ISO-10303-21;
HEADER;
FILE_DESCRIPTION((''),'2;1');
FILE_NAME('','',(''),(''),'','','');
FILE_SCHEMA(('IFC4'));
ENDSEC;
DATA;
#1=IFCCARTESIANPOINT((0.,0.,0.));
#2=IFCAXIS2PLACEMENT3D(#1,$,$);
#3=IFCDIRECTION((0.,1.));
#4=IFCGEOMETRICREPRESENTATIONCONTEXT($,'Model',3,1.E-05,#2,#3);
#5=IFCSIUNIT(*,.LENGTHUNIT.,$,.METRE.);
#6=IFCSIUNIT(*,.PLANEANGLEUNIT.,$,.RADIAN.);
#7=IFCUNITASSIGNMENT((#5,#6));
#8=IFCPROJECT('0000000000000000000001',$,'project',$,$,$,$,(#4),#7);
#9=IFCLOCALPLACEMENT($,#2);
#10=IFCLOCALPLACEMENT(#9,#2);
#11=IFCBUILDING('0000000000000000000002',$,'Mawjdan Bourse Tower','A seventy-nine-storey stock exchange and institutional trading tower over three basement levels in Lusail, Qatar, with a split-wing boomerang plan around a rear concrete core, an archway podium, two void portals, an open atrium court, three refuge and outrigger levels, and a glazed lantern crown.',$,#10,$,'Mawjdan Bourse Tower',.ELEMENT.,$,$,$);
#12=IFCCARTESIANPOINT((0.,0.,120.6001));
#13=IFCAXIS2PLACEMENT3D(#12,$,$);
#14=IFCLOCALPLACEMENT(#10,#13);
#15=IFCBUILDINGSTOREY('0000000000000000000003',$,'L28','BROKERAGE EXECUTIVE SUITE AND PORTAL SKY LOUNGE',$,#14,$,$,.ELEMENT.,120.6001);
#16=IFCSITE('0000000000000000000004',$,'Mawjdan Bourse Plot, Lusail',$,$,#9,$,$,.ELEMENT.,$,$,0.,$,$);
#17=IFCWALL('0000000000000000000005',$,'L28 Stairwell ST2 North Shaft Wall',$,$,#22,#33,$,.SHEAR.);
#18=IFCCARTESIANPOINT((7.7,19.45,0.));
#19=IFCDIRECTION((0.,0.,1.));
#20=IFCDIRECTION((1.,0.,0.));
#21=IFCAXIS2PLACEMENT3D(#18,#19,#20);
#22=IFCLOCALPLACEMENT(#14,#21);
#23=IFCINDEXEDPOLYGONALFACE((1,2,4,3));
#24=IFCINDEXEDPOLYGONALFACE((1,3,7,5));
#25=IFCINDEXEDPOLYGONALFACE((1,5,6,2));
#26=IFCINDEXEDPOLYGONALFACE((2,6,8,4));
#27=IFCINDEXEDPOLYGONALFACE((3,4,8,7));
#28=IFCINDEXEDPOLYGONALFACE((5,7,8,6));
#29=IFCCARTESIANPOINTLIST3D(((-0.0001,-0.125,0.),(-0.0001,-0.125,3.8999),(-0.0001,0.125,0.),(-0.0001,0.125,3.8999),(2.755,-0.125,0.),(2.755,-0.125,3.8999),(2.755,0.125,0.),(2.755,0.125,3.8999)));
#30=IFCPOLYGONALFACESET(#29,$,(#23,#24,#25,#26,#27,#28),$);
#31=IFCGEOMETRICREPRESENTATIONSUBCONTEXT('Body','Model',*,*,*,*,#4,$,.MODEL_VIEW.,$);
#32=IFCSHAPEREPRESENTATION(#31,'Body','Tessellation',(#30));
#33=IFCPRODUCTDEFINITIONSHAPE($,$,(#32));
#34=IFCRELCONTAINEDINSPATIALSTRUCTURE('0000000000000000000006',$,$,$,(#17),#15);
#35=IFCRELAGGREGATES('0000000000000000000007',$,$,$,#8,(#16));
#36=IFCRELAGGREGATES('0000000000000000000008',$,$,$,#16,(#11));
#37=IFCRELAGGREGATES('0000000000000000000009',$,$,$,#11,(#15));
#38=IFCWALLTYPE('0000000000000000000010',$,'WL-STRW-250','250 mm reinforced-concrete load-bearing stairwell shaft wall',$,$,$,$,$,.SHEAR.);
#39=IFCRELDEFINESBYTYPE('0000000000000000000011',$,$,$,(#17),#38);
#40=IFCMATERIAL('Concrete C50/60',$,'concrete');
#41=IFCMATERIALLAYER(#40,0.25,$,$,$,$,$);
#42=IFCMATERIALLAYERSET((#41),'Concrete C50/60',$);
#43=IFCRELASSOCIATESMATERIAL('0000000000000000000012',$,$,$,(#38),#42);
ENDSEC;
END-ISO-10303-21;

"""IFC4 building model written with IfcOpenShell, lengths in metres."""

from ifc_helpers import new_model, si_unit, direction, frame, frame_2d, origin, place, context, subcontext, project, spatial, rectangle, extrude, material, layer, layer_set, type_object, element, save


model = new_model("IFC4")

# Units and contexts
model_context = context("Model", 3, precision=1e-05, world=origin(), true_north=direction((0.0, 1.0)))
body_context = subcontext(model_context, "Body", "Model", "MODEL_VIEW")
ifc_project = project(units=[si_unit("LENGTHUNIT", "METRE"), si_unit("PLANEANGLEUNIT", "RADIAN")], contexts=[model_context])

# Site, building, storey
site_placement = place(None, origin())
site = spatial("IfcSite", under=ifc_project, at=site_placement, Name="Mawjdan Bourse Plot, Lusail", CompositionType="ELEMENT", RefElevation=0.0)
building_placement = place(site_placement, origin())
building = spatial("IfcBuilding", under=site, at=building_placement, Name="Mawjdan Bourse Tower", Description="A seventy-nine-storey stock exchange and institutional trading tower over three basement levels in Lusail, Qatar, with a split-wing boomerang plan around a rear concrete core, an archway podium, two void portals, an open atrium court, three refuge and outrigger levels, and a glazed lantern crown.", LongName="Mawjdan Bourse Tower", CompositionType="ELEMENT")
storey_placement = place(building_placement, frame((0.0, 0.0, 120.6001)))
storey = spatial("IfcBuildingStorey", under=building, at=storey_placement, Name="L28", Description="BROKERAGE EXECUTIVE SUITE AND PORTAL SKY LOUNGE", CompositionType="ELEMENT", Elevation=120.6001)

# Wall
ifc_material_1 = material(Name="Concrete C50/60", Category="concrete")
ifc_layer_1 = layer(ifc_material_1, 0.25)
ifc_layer_set_1 = layer_set([ifc_layer_1], Name="Concrete C50/60")
wall_type_1 = type_object("IfcWallType", Name="WL-STRW-250", Description="250 mm reinforced-concrete load-bearing stairwell shaft wall", PredefinedType="SHEAR", material=ifc_layer_set_1)
wall_1_placement = place(storey_placement, frame((7.7, 19.45, 0.0), z_axis=(0.0, 0.0, 1.0), x_axis=(1.0, 0.0, 0.0)))
element("IfcWall", 1, at=wall_1_placement, inside=storey, type_object=wall_type_1, Name="L28 Stairwell ST2 North Shaft Wall", PredefinedType="SHEAR", context=body_context, shape_type="SweptSolid", body=[
    extrude(rectangle(XDim=2.7551, YDim=0.25, at=frame_2d((1.3774, 0.0))), origin(), (0.0, 0.0, 1.0), 3.8999),
])

save(model, "model.ifc")
